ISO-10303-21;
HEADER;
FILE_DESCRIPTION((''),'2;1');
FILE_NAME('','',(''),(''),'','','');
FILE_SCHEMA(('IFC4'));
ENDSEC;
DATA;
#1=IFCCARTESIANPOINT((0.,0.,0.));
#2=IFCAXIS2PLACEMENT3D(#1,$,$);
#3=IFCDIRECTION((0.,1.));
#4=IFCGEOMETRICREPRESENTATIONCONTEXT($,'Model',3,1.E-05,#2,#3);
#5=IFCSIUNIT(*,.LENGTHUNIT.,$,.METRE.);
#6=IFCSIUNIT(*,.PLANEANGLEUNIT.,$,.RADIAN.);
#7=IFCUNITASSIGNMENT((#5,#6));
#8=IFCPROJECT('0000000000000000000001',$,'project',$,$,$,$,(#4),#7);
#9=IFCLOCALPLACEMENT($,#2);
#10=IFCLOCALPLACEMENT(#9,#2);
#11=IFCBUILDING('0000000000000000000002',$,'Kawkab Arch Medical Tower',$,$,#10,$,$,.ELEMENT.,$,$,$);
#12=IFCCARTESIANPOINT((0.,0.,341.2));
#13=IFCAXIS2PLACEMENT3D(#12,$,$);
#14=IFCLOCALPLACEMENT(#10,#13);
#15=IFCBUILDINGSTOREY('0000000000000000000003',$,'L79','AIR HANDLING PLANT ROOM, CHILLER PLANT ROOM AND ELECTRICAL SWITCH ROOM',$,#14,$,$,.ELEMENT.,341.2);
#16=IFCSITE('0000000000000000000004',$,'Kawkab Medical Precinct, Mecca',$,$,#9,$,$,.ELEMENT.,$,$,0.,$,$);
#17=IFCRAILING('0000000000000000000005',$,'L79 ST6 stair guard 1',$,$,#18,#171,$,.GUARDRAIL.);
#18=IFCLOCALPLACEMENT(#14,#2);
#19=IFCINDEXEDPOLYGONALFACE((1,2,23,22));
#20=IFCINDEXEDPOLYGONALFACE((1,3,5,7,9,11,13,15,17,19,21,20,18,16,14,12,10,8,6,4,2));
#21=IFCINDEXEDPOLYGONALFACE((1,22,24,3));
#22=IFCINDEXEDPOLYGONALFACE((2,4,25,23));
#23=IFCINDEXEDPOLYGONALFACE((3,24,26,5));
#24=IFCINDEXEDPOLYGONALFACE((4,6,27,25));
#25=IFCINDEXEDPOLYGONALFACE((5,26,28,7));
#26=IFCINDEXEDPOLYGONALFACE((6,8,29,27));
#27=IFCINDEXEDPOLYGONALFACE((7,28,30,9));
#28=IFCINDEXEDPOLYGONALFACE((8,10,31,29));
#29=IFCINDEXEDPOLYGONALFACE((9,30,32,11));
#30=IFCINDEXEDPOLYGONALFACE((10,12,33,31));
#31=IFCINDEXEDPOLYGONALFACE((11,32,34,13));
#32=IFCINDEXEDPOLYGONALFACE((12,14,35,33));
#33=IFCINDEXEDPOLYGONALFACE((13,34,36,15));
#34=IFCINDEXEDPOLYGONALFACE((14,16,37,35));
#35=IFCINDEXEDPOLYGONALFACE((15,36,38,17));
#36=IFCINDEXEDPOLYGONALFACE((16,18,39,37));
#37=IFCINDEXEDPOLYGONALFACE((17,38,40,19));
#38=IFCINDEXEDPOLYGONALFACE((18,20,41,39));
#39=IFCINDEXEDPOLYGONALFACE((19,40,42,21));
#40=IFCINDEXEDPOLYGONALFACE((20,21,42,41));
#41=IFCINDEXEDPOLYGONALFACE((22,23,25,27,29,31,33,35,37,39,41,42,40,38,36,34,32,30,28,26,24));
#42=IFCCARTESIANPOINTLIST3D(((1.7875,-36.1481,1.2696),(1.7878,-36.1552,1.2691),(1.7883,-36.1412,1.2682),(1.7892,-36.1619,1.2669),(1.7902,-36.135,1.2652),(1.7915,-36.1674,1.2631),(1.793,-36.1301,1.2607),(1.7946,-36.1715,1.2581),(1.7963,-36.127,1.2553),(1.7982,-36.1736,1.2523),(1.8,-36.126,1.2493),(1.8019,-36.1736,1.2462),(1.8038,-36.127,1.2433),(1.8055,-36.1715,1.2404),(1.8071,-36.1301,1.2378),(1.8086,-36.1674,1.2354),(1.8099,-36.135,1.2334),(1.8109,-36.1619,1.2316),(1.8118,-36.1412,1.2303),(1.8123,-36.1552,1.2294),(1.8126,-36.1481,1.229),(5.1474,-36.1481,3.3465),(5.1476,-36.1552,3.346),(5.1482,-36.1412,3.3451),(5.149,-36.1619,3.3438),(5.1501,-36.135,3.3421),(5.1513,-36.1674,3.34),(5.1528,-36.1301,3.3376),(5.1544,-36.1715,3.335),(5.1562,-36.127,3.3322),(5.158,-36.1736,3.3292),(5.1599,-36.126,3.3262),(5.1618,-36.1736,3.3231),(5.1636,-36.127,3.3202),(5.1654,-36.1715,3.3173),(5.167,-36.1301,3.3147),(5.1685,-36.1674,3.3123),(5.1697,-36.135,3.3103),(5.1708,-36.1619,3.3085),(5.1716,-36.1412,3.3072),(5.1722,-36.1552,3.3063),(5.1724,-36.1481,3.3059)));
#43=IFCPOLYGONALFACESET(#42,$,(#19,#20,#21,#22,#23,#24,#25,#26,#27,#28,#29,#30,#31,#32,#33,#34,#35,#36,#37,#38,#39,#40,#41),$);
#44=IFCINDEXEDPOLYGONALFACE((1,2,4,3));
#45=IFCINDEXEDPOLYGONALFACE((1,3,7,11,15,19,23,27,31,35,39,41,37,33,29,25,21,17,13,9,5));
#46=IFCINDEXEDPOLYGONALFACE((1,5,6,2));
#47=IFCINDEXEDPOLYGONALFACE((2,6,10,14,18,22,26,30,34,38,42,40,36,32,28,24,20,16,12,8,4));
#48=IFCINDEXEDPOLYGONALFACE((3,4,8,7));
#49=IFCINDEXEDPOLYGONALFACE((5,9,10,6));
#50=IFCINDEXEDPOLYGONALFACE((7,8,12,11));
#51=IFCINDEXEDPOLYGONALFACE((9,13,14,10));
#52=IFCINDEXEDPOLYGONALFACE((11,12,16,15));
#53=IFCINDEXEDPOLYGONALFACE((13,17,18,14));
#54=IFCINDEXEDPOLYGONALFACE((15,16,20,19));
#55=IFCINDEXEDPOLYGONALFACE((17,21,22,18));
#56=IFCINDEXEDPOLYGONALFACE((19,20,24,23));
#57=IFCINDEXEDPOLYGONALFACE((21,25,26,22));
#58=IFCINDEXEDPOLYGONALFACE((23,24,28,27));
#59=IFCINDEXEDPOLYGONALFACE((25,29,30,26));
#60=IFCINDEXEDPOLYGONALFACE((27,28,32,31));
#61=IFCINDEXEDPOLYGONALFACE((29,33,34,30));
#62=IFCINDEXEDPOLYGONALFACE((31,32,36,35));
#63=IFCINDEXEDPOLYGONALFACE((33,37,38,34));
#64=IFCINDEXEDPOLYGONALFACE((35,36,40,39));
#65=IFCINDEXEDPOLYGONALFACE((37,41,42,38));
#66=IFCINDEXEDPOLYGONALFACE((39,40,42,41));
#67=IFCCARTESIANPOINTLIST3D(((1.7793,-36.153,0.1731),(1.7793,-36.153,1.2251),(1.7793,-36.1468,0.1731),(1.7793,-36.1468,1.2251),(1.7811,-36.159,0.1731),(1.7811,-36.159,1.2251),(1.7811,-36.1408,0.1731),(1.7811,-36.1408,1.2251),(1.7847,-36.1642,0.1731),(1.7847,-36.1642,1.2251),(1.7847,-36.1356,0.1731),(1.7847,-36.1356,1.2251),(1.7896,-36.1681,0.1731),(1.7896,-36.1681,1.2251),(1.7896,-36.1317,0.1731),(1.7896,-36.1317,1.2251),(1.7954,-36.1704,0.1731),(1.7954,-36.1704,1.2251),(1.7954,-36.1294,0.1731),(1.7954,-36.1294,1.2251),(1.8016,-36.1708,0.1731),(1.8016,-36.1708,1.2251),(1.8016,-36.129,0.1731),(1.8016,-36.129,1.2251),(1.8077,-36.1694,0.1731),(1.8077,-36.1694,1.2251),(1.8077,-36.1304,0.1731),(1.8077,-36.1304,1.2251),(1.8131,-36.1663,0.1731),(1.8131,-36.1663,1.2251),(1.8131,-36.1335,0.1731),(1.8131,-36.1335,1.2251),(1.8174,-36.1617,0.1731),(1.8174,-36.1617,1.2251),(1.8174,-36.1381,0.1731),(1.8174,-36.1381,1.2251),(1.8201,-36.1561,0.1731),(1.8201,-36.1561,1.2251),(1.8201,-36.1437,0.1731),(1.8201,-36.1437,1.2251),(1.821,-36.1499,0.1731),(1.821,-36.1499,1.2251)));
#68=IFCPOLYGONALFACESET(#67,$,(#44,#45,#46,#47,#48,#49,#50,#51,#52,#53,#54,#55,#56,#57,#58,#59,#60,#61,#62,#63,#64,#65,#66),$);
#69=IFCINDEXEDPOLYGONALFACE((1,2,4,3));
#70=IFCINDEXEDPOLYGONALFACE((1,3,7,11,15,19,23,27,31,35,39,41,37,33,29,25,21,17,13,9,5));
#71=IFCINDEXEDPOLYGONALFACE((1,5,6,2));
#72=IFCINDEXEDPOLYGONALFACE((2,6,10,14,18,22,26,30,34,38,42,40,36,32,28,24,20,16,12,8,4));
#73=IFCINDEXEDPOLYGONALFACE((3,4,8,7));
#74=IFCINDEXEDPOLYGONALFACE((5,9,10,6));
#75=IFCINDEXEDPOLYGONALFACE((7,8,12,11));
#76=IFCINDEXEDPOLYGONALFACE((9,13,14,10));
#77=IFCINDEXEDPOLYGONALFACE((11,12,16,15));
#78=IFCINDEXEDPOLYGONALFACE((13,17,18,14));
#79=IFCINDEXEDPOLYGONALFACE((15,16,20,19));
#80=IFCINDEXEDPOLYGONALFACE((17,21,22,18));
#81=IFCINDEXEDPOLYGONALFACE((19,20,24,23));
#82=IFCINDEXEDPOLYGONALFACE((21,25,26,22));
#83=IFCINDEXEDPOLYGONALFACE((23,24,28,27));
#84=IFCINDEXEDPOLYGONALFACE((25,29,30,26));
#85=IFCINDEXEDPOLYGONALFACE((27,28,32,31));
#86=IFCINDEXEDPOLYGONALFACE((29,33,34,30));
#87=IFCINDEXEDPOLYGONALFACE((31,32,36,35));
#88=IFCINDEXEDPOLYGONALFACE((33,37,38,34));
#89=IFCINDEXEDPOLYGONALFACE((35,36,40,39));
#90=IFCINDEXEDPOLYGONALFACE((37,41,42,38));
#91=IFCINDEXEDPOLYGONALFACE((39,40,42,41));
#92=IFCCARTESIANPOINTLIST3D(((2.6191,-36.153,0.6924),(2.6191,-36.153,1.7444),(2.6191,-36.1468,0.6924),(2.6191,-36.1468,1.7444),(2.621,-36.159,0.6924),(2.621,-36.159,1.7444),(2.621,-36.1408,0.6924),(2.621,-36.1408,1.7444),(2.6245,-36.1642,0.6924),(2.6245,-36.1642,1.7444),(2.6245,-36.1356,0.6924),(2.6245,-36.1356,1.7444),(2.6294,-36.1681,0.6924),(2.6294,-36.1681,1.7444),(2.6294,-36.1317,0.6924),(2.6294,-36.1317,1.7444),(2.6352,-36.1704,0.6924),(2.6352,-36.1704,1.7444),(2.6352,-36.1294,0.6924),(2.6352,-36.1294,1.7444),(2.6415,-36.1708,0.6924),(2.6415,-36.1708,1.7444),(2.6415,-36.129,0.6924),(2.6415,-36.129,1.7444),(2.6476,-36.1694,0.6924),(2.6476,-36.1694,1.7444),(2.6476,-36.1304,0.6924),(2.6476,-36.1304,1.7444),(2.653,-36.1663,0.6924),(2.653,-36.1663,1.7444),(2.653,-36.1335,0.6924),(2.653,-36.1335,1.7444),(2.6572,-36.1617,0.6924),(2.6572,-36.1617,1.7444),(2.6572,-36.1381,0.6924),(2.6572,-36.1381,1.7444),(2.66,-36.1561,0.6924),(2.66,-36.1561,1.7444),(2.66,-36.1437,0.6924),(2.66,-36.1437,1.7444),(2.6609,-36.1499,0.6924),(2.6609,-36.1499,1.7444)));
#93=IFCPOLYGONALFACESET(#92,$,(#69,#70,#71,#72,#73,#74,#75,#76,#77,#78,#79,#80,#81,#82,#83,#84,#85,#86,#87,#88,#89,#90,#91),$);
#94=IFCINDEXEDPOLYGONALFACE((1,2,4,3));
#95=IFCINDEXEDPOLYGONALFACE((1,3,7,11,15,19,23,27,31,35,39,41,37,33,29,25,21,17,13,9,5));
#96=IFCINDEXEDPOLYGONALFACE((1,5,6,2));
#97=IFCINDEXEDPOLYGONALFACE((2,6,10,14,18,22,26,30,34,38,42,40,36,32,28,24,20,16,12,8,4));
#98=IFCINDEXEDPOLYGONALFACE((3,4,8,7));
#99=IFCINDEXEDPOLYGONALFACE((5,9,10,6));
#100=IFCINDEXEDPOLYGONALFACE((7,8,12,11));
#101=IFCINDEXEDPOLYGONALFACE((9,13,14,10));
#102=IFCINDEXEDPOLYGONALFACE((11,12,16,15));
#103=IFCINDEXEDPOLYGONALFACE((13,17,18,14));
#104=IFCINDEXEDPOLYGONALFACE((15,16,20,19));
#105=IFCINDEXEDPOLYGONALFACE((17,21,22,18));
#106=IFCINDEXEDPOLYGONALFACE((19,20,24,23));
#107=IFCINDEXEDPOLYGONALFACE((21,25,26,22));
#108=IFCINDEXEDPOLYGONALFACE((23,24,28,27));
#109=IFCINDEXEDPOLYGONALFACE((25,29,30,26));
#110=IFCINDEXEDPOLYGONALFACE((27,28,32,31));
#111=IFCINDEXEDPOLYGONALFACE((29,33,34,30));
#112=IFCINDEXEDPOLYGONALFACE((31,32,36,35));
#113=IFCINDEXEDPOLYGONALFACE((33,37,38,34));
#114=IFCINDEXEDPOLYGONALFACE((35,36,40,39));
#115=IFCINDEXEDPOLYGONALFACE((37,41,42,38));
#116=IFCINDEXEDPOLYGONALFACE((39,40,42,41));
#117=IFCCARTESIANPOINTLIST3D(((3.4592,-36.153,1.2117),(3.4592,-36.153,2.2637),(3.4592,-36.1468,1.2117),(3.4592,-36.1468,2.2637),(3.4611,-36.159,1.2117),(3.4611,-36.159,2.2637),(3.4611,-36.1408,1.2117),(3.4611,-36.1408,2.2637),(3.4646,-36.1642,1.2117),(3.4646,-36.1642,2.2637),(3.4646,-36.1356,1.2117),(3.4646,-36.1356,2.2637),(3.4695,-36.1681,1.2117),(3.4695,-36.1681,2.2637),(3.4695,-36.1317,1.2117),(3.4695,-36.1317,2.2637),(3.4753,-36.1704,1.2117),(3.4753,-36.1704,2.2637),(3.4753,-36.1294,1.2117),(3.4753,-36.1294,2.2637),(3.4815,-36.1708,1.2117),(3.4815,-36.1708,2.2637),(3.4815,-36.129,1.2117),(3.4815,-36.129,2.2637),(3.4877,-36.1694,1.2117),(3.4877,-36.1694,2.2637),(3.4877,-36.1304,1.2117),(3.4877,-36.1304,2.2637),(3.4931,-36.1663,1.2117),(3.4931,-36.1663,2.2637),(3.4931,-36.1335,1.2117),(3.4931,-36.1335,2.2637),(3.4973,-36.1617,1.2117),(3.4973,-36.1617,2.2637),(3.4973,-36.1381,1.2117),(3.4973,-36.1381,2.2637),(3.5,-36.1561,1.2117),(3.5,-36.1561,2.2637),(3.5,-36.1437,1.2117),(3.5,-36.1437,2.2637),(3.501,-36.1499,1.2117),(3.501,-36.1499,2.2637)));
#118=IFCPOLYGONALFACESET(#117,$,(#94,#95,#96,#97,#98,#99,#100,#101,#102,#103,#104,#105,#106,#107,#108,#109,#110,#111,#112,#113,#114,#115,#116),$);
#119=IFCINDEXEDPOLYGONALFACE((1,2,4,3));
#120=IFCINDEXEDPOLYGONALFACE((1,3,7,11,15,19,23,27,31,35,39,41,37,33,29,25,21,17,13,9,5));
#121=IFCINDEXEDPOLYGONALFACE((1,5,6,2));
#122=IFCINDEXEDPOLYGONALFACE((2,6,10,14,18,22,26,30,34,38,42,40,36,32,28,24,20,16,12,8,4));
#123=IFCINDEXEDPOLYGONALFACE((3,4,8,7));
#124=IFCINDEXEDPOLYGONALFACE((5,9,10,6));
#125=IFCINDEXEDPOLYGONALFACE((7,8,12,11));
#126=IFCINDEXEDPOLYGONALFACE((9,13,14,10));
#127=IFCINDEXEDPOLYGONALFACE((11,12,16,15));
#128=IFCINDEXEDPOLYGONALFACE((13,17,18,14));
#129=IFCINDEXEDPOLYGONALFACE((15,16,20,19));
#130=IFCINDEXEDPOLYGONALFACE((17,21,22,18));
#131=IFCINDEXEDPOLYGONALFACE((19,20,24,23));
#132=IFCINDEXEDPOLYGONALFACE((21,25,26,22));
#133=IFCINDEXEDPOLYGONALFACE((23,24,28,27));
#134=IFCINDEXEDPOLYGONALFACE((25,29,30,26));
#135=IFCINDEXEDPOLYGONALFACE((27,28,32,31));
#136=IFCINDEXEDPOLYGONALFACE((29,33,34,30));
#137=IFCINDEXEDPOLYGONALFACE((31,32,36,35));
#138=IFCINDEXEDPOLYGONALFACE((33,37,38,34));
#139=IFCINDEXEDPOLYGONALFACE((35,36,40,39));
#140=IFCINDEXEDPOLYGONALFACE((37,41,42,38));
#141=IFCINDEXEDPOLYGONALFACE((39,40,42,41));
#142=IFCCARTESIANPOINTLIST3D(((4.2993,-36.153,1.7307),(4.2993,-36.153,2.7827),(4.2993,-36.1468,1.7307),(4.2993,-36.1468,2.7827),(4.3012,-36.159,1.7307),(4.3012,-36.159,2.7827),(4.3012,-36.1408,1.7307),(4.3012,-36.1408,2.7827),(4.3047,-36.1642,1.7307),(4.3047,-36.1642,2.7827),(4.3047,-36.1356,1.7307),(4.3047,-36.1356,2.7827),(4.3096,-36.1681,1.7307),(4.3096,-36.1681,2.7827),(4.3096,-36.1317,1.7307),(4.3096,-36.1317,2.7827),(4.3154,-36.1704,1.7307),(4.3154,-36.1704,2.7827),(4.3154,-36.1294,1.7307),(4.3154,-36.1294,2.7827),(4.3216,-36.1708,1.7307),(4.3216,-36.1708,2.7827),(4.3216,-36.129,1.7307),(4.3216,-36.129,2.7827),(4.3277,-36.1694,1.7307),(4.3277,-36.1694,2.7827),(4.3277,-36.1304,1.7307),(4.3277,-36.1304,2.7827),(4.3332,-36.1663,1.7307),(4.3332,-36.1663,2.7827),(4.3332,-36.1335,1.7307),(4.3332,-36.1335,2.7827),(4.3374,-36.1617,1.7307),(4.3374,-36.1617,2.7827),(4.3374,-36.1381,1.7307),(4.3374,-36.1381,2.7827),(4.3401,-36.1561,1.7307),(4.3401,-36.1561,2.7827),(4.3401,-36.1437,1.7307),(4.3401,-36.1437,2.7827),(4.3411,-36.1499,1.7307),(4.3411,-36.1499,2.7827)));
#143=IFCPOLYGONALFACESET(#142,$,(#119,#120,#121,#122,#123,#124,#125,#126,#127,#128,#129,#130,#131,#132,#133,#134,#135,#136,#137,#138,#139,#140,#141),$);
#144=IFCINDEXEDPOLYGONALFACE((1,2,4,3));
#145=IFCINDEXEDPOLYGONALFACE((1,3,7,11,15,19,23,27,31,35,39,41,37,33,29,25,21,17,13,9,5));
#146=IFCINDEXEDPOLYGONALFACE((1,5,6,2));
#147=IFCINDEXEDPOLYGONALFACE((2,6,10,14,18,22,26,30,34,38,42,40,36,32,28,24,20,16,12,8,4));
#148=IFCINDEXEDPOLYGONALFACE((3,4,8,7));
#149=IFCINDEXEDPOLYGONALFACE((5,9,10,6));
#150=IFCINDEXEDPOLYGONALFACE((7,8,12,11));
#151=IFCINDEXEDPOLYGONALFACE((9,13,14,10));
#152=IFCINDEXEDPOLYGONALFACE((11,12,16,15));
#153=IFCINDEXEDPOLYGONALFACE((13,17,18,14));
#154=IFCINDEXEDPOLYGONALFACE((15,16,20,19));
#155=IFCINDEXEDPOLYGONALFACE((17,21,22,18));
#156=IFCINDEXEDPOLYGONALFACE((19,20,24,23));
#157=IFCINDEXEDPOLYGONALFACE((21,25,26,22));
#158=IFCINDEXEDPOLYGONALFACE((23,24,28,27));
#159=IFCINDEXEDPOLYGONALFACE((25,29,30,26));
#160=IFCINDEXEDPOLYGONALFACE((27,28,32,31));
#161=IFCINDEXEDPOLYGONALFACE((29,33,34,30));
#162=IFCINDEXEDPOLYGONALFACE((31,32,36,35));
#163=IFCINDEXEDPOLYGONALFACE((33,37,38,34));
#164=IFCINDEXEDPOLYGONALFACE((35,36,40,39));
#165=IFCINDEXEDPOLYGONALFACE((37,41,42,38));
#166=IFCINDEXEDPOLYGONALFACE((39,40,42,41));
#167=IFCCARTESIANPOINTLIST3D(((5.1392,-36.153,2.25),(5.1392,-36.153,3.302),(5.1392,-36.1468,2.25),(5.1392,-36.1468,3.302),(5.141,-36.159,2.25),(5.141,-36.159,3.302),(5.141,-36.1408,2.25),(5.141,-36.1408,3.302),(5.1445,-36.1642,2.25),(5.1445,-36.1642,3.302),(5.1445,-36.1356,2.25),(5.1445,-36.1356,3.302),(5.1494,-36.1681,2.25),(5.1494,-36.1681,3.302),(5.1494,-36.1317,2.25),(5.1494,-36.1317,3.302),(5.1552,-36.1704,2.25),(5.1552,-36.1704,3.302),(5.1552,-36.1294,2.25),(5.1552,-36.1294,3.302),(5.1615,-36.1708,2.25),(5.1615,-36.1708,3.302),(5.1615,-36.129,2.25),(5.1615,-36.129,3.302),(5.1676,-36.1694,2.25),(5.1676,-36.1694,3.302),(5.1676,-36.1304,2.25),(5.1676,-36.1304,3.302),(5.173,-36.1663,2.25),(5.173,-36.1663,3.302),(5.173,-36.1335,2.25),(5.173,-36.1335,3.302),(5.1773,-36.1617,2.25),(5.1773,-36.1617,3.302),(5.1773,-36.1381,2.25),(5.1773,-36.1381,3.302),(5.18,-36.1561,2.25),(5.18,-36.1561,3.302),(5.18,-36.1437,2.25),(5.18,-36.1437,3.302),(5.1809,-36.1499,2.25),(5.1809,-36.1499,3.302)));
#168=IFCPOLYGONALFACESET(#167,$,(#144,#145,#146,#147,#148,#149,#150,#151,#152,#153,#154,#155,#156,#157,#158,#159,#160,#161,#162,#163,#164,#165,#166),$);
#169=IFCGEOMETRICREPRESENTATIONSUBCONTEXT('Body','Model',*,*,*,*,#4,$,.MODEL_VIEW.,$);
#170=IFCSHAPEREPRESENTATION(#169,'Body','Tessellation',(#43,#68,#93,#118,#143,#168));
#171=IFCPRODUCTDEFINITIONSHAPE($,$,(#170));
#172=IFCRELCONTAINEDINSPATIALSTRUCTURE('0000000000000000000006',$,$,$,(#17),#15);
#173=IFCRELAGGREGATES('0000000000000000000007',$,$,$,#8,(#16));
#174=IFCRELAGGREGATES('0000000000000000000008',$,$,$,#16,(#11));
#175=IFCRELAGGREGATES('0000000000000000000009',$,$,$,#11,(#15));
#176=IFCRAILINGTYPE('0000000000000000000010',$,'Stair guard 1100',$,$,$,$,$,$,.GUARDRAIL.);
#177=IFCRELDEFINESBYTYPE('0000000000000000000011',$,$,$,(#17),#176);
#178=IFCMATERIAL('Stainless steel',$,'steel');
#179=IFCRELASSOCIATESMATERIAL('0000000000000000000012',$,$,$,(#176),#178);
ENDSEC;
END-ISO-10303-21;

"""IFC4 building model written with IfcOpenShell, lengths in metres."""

from ifc_helpers import new_model, si_unit, direction, frame, origin, origin_2d, place, context, subcontext, project, spatial, circle, extrude, material, type_object, element, save


model = new_model("IFC4")

# Units and contexts
model_context = context("Model", 3, precision=1e-05, world=origin(), true_north=direction((0.0, 1.0)))
body_context = subcontext(model_context, "Body", "Model", "MODEL_VIEW")
ifc_project = project(units=[si_unit("LENGTHUNIT", "METRE"), si_unit("PLANEANGLEUNIT", "RADIAN")], contexts=[model_context])

# Site, building, storey
site_placement = place(None, origin())
site = spatial("IfcSite", under=ifc_project, at=site_placement, Name="Kawkab Medical Precinct, Mecca", CompositionType="ELEMENT", RefElevation=0.0)
building_placement = place(site_placement, origin())
building = spatial("IfcBuilding", under=site, at=building_placement, Name="Kawkab Arch Medical Tower", CompositionType="ELEMENT")
storey_placement = place(building_placement, frame((0.0, 0.0, 341.2)))
storey = spatial("IfcBuildingStorey", under=building, at=storey_placement, Name="L79", Description="AIR HANDLING PLANT ROOM, CHILLER PLANT ROOM AND ELECTRICAL SWITCH ROOM", CompositionType="ELEMENT", Elevation=341.2)

# Railing
ifc_material_1 = material(Name="Stainless steel", Category="steel")
railing_type = type_object("IfcRailingType", Name="Stair guard 1100", PredefinedType="GUARDRAIL", material=ifc_material_1)
railing_1_placement = place(storey_placement, frame((1.8, -36.1499, 0.1731)))
element("IfcRailing", 1, at=railing_1_placement, inside=storey, type_object=railing_type, Name="L79 ST6 stair guard 1", PredefinedType="GUARDRAIL", context=body_context, shape_type="SweptSolid", body=[
    extrude(circle(Radius=0.0239, at=origin_2d()), frame((0.0, 0.0, 1.0762), z_axis=(0.850606, 0.0, 0.525803), x_axis=(0.0, 1.0, 0.0)), (0.0, 0.0, 1.0), 3.95),
    extrude(circle(Radius=0.021, at=origin_2d()), origin(), (0.0, 0.0, 1.0), 1.052),
    extrude(circle(Radius=0.021, at=origin_2d()), frame((0.8398, 0.0, 0.5193)), (0.0, 0.0, 1.0), 1.052),
    extrude(circle(Radius=0.021, at=origin_2d()), frame((1.6799, 0.0, 1.0386)), (0.0, 0.0, 1.0), 1.052),
    extrude(circle(Radius=0.021, at=origin_2d()), frame((2.52, 0.0, 1.5576)), (0.0, 0.0, 1.0), 1.052),
    extrude(circle(Radius=0.021, at=origin_2d()), frame((3.3599, 0.0, 2.0769)), (0.0, 0.0, 1.0), 1.052),
])

save(model, "model.ifc")
